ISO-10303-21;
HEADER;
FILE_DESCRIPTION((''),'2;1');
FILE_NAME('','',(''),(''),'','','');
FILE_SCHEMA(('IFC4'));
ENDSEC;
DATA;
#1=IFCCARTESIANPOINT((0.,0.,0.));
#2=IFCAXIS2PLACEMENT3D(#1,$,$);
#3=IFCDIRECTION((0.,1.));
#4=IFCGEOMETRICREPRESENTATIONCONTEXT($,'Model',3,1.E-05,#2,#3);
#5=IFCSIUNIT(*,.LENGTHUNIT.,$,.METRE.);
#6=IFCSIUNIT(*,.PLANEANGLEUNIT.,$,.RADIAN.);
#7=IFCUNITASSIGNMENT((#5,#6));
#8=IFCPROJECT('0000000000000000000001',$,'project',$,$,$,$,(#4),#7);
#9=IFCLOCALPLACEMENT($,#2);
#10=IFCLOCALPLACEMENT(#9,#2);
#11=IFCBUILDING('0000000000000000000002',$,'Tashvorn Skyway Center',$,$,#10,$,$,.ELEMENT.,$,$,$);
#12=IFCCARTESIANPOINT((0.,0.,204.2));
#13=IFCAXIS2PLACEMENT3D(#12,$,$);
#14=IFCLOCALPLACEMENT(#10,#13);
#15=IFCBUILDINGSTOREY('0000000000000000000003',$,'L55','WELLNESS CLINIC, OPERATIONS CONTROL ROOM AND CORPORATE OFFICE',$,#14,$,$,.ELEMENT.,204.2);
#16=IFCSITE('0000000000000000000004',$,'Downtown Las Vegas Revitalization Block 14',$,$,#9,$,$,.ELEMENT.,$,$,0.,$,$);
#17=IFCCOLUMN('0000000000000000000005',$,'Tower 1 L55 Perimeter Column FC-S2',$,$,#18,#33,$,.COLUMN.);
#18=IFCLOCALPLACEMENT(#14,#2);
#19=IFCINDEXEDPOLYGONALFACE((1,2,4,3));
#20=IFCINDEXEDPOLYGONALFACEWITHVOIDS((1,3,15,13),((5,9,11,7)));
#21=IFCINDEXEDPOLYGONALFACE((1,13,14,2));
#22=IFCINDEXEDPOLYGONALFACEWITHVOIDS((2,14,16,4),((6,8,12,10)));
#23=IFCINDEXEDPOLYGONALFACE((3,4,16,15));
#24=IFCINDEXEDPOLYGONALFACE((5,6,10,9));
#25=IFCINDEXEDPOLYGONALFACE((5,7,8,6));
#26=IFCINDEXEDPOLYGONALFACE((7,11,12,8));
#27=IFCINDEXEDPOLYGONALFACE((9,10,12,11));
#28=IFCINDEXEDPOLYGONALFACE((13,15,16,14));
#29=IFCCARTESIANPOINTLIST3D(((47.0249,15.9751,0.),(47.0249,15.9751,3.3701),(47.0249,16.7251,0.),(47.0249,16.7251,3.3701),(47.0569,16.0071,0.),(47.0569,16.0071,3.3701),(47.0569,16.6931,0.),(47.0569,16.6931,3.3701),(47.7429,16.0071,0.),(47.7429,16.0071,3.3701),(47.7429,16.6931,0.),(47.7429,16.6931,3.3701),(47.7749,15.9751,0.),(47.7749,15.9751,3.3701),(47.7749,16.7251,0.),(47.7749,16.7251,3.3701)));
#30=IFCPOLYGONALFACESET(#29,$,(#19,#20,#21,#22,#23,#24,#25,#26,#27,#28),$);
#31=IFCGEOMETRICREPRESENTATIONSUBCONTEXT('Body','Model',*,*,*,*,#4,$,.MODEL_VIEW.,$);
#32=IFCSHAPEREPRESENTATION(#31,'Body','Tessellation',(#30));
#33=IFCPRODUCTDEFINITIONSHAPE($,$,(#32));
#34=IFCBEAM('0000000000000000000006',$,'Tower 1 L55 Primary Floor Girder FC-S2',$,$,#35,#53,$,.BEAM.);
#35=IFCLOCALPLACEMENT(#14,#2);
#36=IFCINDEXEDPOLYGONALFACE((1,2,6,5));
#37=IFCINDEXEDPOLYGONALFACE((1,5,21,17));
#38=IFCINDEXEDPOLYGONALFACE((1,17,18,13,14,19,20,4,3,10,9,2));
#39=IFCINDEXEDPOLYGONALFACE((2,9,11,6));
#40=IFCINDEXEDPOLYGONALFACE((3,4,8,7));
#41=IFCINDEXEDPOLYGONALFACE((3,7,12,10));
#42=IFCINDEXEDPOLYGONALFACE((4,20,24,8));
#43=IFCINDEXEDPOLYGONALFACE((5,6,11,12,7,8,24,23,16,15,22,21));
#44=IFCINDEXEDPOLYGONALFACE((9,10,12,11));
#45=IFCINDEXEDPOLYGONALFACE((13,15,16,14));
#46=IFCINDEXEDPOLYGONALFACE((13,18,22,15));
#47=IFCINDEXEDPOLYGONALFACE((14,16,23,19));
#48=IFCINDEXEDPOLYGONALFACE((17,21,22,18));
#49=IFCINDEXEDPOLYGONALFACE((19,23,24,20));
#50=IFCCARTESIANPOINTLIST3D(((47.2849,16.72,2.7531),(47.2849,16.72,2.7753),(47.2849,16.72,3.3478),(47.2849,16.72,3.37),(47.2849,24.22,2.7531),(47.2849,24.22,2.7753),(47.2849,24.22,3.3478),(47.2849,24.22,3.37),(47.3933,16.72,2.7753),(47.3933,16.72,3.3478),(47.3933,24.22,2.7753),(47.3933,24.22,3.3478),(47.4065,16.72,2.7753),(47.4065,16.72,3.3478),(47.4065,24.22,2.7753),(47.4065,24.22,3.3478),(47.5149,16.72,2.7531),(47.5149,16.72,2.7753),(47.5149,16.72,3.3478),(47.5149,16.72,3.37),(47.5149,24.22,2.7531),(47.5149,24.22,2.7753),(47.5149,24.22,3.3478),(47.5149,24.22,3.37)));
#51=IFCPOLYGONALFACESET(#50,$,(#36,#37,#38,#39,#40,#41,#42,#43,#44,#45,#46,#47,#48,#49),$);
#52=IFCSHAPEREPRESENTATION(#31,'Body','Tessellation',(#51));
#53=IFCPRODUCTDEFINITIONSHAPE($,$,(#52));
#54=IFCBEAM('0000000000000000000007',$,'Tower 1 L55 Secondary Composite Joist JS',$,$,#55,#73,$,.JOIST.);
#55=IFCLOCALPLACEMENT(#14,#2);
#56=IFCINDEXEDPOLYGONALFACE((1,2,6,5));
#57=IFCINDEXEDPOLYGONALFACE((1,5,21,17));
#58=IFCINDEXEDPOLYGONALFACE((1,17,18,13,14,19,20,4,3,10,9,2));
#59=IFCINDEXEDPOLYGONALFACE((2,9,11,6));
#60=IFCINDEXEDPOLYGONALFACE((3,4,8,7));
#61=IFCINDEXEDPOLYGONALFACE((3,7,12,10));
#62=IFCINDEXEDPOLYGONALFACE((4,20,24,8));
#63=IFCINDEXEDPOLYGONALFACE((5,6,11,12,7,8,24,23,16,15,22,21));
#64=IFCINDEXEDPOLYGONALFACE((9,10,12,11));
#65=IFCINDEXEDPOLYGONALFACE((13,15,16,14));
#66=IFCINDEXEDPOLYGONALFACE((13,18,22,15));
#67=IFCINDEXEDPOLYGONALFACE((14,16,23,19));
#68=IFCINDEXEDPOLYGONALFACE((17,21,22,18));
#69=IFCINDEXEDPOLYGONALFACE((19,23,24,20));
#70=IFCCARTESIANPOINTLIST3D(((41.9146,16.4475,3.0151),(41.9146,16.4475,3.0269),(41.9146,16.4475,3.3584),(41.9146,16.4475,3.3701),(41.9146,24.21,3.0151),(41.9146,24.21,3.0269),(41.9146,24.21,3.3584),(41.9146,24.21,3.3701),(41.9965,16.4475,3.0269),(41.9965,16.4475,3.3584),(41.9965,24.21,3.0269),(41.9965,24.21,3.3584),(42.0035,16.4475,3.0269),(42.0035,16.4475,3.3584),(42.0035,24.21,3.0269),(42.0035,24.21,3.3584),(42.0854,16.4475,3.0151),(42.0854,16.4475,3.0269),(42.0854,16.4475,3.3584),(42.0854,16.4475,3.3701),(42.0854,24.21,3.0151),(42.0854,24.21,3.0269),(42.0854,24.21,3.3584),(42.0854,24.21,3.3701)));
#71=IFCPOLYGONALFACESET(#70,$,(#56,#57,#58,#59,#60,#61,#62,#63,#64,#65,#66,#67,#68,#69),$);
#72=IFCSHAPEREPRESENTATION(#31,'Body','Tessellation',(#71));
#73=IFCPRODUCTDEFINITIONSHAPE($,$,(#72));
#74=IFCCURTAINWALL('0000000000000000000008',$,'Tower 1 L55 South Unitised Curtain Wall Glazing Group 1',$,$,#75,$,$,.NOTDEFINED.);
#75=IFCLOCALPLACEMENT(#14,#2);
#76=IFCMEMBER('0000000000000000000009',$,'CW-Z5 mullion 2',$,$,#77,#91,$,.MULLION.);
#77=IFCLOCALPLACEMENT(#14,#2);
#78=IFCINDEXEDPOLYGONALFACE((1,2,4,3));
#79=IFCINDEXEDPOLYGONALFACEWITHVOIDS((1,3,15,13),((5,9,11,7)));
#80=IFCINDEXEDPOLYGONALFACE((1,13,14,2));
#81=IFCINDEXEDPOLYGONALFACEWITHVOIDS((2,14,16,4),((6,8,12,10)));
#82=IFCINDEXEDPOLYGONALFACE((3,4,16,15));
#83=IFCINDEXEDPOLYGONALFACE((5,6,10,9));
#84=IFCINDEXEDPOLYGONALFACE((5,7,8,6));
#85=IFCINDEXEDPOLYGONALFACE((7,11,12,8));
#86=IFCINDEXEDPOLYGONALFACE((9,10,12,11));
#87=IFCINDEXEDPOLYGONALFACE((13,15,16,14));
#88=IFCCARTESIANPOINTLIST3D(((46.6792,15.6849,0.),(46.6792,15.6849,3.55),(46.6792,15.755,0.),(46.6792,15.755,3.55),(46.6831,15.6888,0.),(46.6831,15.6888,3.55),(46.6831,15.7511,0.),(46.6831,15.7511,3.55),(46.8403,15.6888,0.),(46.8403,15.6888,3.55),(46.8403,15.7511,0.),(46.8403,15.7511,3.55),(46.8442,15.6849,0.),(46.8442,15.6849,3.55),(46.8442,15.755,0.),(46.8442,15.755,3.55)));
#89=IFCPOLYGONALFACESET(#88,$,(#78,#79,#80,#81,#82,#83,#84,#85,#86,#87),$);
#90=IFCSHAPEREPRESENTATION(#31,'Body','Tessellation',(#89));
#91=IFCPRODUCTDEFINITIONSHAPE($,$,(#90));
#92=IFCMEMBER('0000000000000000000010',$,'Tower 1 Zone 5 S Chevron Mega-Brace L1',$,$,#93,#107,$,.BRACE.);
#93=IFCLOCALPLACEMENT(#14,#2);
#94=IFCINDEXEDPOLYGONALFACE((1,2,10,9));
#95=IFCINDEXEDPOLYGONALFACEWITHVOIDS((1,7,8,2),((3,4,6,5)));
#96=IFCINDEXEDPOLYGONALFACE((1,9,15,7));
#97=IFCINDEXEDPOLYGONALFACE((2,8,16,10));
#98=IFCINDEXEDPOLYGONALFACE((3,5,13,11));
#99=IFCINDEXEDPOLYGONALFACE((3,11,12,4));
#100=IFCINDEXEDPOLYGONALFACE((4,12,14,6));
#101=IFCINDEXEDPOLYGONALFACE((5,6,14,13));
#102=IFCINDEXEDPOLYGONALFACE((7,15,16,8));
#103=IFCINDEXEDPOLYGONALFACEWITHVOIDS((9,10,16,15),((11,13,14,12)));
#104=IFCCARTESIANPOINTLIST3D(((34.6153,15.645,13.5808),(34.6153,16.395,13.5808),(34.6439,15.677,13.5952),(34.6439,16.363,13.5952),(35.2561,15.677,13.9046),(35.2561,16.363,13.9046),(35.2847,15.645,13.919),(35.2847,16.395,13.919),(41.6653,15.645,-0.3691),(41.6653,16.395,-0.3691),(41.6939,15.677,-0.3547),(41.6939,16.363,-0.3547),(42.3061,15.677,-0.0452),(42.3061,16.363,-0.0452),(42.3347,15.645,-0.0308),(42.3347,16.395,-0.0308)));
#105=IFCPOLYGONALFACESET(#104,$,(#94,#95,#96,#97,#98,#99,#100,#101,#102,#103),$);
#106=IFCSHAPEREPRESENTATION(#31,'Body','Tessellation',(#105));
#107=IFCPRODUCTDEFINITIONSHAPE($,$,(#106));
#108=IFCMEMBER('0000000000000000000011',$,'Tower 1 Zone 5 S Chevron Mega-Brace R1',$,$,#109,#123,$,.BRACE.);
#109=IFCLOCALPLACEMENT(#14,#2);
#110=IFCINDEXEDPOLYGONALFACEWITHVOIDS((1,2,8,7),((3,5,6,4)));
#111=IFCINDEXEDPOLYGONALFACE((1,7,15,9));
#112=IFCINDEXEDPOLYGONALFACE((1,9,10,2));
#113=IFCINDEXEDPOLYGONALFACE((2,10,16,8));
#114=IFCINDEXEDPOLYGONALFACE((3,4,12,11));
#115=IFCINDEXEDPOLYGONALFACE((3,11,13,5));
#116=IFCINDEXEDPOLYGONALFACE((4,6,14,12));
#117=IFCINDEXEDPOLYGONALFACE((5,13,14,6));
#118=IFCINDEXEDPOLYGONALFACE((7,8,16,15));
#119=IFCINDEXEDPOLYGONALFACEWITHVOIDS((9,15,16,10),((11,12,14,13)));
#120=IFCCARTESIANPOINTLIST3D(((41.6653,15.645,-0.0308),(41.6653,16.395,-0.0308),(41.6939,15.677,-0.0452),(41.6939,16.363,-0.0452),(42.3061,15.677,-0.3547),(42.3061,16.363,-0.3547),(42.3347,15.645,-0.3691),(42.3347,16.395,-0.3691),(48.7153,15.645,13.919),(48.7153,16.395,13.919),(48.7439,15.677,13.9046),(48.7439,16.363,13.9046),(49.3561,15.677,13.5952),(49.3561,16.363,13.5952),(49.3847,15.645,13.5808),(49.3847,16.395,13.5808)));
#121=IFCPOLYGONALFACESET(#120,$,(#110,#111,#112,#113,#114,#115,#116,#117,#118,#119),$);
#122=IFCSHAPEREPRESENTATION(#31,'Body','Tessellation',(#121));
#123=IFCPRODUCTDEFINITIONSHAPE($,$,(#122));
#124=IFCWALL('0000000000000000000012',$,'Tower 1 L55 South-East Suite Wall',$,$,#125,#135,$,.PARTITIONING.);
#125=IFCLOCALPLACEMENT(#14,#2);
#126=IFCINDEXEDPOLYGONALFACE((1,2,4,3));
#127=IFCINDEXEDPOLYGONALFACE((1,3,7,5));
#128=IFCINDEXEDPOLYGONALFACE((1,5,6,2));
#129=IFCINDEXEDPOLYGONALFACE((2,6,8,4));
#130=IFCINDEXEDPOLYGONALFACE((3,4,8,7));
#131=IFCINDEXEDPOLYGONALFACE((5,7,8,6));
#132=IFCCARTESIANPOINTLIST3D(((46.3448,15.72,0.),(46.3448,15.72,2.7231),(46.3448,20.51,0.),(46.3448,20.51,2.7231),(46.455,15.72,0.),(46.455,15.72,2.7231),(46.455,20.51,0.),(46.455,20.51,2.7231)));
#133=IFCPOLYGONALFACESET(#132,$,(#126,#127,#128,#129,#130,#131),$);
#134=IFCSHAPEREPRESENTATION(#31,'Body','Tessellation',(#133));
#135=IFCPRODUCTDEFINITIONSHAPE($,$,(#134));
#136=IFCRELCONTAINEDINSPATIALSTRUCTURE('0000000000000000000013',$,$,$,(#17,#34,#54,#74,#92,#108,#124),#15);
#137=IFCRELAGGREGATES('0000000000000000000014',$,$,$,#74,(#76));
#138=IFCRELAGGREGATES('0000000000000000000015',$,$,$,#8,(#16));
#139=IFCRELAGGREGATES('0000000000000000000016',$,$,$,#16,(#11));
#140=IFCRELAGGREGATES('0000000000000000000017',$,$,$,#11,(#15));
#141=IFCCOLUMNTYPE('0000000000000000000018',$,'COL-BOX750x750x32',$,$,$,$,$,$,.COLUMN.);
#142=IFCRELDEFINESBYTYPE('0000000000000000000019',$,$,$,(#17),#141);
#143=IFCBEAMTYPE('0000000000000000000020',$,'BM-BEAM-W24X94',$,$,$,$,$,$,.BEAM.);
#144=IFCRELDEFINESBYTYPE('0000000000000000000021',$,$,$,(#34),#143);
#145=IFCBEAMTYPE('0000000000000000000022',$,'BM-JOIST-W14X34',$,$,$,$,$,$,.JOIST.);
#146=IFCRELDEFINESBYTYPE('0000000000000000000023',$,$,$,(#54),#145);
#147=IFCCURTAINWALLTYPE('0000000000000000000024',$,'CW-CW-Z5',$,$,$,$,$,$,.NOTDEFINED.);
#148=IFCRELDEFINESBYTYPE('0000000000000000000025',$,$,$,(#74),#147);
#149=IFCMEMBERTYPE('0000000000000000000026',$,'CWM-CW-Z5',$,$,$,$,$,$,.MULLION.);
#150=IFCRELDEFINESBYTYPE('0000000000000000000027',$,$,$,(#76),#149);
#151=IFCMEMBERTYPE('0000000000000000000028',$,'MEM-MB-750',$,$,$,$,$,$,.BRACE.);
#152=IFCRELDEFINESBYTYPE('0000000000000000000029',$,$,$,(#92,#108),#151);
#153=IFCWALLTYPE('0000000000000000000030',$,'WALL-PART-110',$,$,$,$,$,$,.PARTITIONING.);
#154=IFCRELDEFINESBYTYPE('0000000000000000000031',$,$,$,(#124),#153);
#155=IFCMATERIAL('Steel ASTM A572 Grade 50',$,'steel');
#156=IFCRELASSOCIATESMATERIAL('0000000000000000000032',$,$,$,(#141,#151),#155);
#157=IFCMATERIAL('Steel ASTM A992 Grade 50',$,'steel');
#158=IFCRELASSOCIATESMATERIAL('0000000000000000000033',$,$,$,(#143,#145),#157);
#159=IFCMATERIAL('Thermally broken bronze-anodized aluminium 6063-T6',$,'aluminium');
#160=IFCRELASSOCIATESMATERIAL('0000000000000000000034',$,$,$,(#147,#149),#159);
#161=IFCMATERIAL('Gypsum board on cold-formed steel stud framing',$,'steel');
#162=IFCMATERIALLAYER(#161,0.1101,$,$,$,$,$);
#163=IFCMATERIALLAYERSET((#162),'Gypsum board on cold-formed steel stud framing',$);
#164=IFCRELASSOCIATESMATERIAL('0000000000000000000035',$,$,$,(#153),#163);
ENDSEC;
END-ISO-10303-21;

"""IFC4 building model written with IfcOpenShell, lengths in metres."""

from ifc_helpers import new_model, si_unit, direction, frame, frame_2d, origin, origin_2d, place, context, subcontext, project, spatial, rectangle, hollow_rectangle, i_section, extrude, material, layer, layer_set, material_profile, profile_set, type_object, element, aggregate, save


model = new_model("IFC4")

# Units and contexts
model_context = context("Model", 3, precision=1e-05, world=origin(), true_north=direction((0.0, 1.0)))
body_context = subcontext(model_context, "Body", "Model", "MODEL_VIEW")
ifc_project = project(units=[si_unit("LENGTHUNIT", "METRE"), si_unit("PLANEANGLEUNIT", "RADIAN")], contexts=[model_context])

# Site, building, storey
site_placement = place(None, origin())
site = spatial("IfcSite", under=ifc_project, at=site_placement, Name="Downtown Las Vegas Revitalization Block 14", CompositionType="ELEMENT", RefElevation=0.0)
building_placement = place(site_placement, origin())
building = spatial("IfcBuilding", under=site, at=building_placement, Name="Tashvorn Skyway Center", CompositionType="ELEMENT")
storey_placement = place(building_placement, frame((0.0, 0.0, 204.2)))
storey = spatial("IfcBuildingStorey", under=building, at=storey_placement, Name="L55", Description="WELLNESS CLINIC, OPERATIONS CONTROL ROOM AND CORPORATE OFFICE", CompositionType="ELEMENT", Elevation=204.2)

# Column
ifc_material_1 = material(Name="Steel ASTM A572 Grade 50", Category="steel")
ifc_material_profile_1 = material_profile(ifc_material_1, hollow_rectangle(XDim=0.75, YDim=0.75, WallThickness=0.032, at=origin_2d()), Name="BOX750x750x32")
ifc_profile_set_1 = profile_set([ifc_material_profile_1], Name="Steel ASTM A572 Grade 50")
column_type = type_object("IfcColumnType", Name="COL-BOX750x750x32", PredefinedType="COLUMN", material=ifc_profile_set_1)
column_placement = place(storey_placement, frame((47.3999, 16.3501, 0.0), z_axis=(0.0, 0.0, 1.0), x_axis=(1.0, 0.0, 0.0)))
element("IfcColumn", 1, at=column_placement, inside=storey, type_object=column_type, Name="Tower 1 L55 Perimeter Column FC-S2", PredefinedType="COLUMN", context=body_context, shape_type="SweptSolid", body=[
    extrude(hollow_rectangle(XDim=0.75, YDim=0.75, WallThickness=0.032, at=origin_2d()), origin(), (0.0, 0.0, 1.0), 3.3701),
])

# Beams
ifc_material_2 = material(Name="Steel ASTM A992 Grade 50", Category="steel")
ifc_material_profile_2 = material_profile(ifc_material_2, i_section(OverallWidth=0.23, OverallDepth=0.6169, WebThickness=0.0132, FlangeThickness=0.0222, at=origin_2d()), Name="W24X94")
ifc_profile_set_2 = profile_set([ifc_material_profile_2], Name="Steel ASTM A992 Grade 50")
beam_type_1 = type_object("IfcBeamType", Name="BM-BEAM-W24X94", PredefinedType="BEAM", material=ifc_profile_set_2)
beam_1_placement = place(storey_placement, frame((47.3999, 16.72, 3.0615), z_axis=(0.0, 1.0, 0.0), x_axis=(-1.0, 0.0, 0.0)))
element("IfcBeam", 2, at=beam_1_placement, inside=storey, type_object=beam_type_1, Name="Tower 1 L55 Primary Floor Girder FC-S2", PredefinedType="BEAM", context=body_context, shape_type="SweptSolid", body=[
    extrude(i_section(OverallWidth=0.23, OverallDepth=0.6169, WebThickness=0.0132, FlangeThickness=0.0222, at=origin_2d()), origin(), (0.0, 0.0, 1.0), 7.5),
])
ifc_material_profile_3 = material_profile(ifc_material_2, i_section(OverallWidth=0.1709, OverallDepth=0.355, WebThickness=0.0071, FlangeThickness=0.0117, at=origin_2d()), Name="W14X34")
ifc_profile_set_3 = profile_set([ifc_material_profile_3], Name="Steel ASTM A992 Grade 50")
beam_type_2 = type_object("IfcBeamType", Name="BM-JOIST-W14X34", PredefinedType="JOIST", material=ifc_profile_set_3)
beam_2_placement = place(storey_placement, frame((42.0, 24.21, 3.1926), z_axis=(0.0, -1.0, 0.0), x_axis=(1.0, 0.0, 0.0)))
element("IfcBeam", 3, at=beam_2_placement, inside=storey, type_object=beam_type_2, Name="Tower 1 L55 Secondary Composite Joist JS", PredefinedType="JOIST", context=body_context, shape_type="SweptSolid", body=[
    extrude(i_section(OverallWidth=0.1709, OverallDepth=0.355, WebThickness=0.0071, FlangeThickness=0.0117, at=origin_2d()), origin(), (0.0, 0.0, 1.0), 7.7625),
])

# Curtain wall, member
ifc_material_3 = material(Name="Thermally broken bronze-anodized aluminium 6063-T6", Category="aluminium")
curtain_wall_type = type_object("IfcCurtainWallType", Name="CW-CW-Z5", PredefinedType="NOTDEFINED", material=ifc_material_3)
curtain_wall_placement = place(storey_placement, origin())
curtain_wall = element("IfcCurtainWall", 4, at=curtain_wall_placement, inside=storey, type_object=curtain_wall_type, Name="Tower 1 L55 South Unitised Curtain Wall Glazing Group 1", PredefinedType="NOTDEFINED")
ifc_material_profile_4 = material_profile(ifc_material_3, hollow_rectangle(XDim=0.0701, YDim=0.165, WallThickness=0.0039, at=origin_2d()), Name="ALU-MULL-70x165")
ifc_profile_set_4 = profile_set([ifc_material_profile_4], Name="Thermally broken bronze-anodized aluminium 6063-T6")
member_type_1 = type_object("IfcMemberType", Name="CWM-CW-Z5", PredefinedType="MULLION", material=ifc_profile_set_4)
member_placement = place(storey_placement, frame((46.7617, 15.72, 0.0), z_axis=(0.0, 0.0, 1.0), x_axis=(0.0, -1.0, 0.0)))
member = element("IfcMember", 5, at=member_placement, type_object=member_type_1, Name="CW-Z5 mullion 2", PredefinedType="MULLION", context=body_context, shape_type="SweptSolid", body=[
    extrude(hollow_rectangle(XDim=0.0701, YDim=0.165, WallThickness=0.0039, at=origin_2d()), origin(), (0.0, 0.0, 1.0), 3.55),
])
aggregate(curtain_wall, [member])

# Members
ifc_material_profile_5 = material_profile(ifc_material_1, hollow_rectangle(XDim=0.75, YDim=0.75, WallThickness=0.032, at=origin_2d()), Name="BOX750x750x32")
ifc_profile_set_5 = profile_set([ifc_material_profile_5], Name="Steel ASTM A572 Grade 50")
member_type_2 = type_object("IfcMemberType", Name="MEM-MB-750", PredefinedType="BRACE", material=ifc_profile_set_5)
for number, where, z_axis, x_axis, name in (
    (6, (42.0, 16.02, -0.2), (-0.451052, 0.0, 0.892498), (0.0, -1.0, 0.0), "Tower 1 Zone 5 S Chevron Mega-Brace L1"),
    (7, (42.0, 16.02, -0.2), (0.451052, 0.0, 0.892498), (0.0, 1.0, 0.0), "Tower 1 Zone 5 S Chevron Mega-Brace R1"),
):
    element("IfcMember", number, at=place(storey_placement, frame(where, z_axis=z_axis, x_axis=x_axis)), inside=storey, type_object=member_type_2, Name=name, PredefinedType="BRACE", context=body_context, shape_type="SweptSolid", body=[
        extrude(hollow_rectangle(XDim=0.75, YDim=0.75, WallThickness=0.032, at=origin_2d()), origin(), (0.0, 0.0, 1.0), 15.6301),
    ])

# Wall
ifc_material_4 = material(Name="Gypsum board on cold-formed steel stud framing", Category="steel")
ifc_layer_1 = layer(ifc_material_4, 0.1101)
ifc_layer_set_1 = layer_set([ifc_layer_1], Name="Gypsum board on cold-formed steel stud framing")
wall_type_1 = type_object("IfcWallType", Name="WALL-PART-110", PredefinedType="PARTITIONING", material=ifc_layer_set_1)
wall_1_placement = place(storey_placement, frame((46.3999, 15.72, 0.0), z_axis=(0.0, 0.0, 1.0), x_axis=(0.0, 1.0, 0.0)))
element("IfcWall", 8, at=wall_1_placement, inside=storey, type_object=wall_type_1, Name="Tower 1 L55 South-East Suite Wall", PredefinedType="PARTITIONING", context=body_context, shape_type="SweptSolid", body=[
    extrude(rectangle(XDim=4.79, YDim=0.1101, at=frame_2d((2.395, 0.0))), origin(), (0.0, 0.0, 1.0), 2.7231),
])

save(model, "model.ifc")
